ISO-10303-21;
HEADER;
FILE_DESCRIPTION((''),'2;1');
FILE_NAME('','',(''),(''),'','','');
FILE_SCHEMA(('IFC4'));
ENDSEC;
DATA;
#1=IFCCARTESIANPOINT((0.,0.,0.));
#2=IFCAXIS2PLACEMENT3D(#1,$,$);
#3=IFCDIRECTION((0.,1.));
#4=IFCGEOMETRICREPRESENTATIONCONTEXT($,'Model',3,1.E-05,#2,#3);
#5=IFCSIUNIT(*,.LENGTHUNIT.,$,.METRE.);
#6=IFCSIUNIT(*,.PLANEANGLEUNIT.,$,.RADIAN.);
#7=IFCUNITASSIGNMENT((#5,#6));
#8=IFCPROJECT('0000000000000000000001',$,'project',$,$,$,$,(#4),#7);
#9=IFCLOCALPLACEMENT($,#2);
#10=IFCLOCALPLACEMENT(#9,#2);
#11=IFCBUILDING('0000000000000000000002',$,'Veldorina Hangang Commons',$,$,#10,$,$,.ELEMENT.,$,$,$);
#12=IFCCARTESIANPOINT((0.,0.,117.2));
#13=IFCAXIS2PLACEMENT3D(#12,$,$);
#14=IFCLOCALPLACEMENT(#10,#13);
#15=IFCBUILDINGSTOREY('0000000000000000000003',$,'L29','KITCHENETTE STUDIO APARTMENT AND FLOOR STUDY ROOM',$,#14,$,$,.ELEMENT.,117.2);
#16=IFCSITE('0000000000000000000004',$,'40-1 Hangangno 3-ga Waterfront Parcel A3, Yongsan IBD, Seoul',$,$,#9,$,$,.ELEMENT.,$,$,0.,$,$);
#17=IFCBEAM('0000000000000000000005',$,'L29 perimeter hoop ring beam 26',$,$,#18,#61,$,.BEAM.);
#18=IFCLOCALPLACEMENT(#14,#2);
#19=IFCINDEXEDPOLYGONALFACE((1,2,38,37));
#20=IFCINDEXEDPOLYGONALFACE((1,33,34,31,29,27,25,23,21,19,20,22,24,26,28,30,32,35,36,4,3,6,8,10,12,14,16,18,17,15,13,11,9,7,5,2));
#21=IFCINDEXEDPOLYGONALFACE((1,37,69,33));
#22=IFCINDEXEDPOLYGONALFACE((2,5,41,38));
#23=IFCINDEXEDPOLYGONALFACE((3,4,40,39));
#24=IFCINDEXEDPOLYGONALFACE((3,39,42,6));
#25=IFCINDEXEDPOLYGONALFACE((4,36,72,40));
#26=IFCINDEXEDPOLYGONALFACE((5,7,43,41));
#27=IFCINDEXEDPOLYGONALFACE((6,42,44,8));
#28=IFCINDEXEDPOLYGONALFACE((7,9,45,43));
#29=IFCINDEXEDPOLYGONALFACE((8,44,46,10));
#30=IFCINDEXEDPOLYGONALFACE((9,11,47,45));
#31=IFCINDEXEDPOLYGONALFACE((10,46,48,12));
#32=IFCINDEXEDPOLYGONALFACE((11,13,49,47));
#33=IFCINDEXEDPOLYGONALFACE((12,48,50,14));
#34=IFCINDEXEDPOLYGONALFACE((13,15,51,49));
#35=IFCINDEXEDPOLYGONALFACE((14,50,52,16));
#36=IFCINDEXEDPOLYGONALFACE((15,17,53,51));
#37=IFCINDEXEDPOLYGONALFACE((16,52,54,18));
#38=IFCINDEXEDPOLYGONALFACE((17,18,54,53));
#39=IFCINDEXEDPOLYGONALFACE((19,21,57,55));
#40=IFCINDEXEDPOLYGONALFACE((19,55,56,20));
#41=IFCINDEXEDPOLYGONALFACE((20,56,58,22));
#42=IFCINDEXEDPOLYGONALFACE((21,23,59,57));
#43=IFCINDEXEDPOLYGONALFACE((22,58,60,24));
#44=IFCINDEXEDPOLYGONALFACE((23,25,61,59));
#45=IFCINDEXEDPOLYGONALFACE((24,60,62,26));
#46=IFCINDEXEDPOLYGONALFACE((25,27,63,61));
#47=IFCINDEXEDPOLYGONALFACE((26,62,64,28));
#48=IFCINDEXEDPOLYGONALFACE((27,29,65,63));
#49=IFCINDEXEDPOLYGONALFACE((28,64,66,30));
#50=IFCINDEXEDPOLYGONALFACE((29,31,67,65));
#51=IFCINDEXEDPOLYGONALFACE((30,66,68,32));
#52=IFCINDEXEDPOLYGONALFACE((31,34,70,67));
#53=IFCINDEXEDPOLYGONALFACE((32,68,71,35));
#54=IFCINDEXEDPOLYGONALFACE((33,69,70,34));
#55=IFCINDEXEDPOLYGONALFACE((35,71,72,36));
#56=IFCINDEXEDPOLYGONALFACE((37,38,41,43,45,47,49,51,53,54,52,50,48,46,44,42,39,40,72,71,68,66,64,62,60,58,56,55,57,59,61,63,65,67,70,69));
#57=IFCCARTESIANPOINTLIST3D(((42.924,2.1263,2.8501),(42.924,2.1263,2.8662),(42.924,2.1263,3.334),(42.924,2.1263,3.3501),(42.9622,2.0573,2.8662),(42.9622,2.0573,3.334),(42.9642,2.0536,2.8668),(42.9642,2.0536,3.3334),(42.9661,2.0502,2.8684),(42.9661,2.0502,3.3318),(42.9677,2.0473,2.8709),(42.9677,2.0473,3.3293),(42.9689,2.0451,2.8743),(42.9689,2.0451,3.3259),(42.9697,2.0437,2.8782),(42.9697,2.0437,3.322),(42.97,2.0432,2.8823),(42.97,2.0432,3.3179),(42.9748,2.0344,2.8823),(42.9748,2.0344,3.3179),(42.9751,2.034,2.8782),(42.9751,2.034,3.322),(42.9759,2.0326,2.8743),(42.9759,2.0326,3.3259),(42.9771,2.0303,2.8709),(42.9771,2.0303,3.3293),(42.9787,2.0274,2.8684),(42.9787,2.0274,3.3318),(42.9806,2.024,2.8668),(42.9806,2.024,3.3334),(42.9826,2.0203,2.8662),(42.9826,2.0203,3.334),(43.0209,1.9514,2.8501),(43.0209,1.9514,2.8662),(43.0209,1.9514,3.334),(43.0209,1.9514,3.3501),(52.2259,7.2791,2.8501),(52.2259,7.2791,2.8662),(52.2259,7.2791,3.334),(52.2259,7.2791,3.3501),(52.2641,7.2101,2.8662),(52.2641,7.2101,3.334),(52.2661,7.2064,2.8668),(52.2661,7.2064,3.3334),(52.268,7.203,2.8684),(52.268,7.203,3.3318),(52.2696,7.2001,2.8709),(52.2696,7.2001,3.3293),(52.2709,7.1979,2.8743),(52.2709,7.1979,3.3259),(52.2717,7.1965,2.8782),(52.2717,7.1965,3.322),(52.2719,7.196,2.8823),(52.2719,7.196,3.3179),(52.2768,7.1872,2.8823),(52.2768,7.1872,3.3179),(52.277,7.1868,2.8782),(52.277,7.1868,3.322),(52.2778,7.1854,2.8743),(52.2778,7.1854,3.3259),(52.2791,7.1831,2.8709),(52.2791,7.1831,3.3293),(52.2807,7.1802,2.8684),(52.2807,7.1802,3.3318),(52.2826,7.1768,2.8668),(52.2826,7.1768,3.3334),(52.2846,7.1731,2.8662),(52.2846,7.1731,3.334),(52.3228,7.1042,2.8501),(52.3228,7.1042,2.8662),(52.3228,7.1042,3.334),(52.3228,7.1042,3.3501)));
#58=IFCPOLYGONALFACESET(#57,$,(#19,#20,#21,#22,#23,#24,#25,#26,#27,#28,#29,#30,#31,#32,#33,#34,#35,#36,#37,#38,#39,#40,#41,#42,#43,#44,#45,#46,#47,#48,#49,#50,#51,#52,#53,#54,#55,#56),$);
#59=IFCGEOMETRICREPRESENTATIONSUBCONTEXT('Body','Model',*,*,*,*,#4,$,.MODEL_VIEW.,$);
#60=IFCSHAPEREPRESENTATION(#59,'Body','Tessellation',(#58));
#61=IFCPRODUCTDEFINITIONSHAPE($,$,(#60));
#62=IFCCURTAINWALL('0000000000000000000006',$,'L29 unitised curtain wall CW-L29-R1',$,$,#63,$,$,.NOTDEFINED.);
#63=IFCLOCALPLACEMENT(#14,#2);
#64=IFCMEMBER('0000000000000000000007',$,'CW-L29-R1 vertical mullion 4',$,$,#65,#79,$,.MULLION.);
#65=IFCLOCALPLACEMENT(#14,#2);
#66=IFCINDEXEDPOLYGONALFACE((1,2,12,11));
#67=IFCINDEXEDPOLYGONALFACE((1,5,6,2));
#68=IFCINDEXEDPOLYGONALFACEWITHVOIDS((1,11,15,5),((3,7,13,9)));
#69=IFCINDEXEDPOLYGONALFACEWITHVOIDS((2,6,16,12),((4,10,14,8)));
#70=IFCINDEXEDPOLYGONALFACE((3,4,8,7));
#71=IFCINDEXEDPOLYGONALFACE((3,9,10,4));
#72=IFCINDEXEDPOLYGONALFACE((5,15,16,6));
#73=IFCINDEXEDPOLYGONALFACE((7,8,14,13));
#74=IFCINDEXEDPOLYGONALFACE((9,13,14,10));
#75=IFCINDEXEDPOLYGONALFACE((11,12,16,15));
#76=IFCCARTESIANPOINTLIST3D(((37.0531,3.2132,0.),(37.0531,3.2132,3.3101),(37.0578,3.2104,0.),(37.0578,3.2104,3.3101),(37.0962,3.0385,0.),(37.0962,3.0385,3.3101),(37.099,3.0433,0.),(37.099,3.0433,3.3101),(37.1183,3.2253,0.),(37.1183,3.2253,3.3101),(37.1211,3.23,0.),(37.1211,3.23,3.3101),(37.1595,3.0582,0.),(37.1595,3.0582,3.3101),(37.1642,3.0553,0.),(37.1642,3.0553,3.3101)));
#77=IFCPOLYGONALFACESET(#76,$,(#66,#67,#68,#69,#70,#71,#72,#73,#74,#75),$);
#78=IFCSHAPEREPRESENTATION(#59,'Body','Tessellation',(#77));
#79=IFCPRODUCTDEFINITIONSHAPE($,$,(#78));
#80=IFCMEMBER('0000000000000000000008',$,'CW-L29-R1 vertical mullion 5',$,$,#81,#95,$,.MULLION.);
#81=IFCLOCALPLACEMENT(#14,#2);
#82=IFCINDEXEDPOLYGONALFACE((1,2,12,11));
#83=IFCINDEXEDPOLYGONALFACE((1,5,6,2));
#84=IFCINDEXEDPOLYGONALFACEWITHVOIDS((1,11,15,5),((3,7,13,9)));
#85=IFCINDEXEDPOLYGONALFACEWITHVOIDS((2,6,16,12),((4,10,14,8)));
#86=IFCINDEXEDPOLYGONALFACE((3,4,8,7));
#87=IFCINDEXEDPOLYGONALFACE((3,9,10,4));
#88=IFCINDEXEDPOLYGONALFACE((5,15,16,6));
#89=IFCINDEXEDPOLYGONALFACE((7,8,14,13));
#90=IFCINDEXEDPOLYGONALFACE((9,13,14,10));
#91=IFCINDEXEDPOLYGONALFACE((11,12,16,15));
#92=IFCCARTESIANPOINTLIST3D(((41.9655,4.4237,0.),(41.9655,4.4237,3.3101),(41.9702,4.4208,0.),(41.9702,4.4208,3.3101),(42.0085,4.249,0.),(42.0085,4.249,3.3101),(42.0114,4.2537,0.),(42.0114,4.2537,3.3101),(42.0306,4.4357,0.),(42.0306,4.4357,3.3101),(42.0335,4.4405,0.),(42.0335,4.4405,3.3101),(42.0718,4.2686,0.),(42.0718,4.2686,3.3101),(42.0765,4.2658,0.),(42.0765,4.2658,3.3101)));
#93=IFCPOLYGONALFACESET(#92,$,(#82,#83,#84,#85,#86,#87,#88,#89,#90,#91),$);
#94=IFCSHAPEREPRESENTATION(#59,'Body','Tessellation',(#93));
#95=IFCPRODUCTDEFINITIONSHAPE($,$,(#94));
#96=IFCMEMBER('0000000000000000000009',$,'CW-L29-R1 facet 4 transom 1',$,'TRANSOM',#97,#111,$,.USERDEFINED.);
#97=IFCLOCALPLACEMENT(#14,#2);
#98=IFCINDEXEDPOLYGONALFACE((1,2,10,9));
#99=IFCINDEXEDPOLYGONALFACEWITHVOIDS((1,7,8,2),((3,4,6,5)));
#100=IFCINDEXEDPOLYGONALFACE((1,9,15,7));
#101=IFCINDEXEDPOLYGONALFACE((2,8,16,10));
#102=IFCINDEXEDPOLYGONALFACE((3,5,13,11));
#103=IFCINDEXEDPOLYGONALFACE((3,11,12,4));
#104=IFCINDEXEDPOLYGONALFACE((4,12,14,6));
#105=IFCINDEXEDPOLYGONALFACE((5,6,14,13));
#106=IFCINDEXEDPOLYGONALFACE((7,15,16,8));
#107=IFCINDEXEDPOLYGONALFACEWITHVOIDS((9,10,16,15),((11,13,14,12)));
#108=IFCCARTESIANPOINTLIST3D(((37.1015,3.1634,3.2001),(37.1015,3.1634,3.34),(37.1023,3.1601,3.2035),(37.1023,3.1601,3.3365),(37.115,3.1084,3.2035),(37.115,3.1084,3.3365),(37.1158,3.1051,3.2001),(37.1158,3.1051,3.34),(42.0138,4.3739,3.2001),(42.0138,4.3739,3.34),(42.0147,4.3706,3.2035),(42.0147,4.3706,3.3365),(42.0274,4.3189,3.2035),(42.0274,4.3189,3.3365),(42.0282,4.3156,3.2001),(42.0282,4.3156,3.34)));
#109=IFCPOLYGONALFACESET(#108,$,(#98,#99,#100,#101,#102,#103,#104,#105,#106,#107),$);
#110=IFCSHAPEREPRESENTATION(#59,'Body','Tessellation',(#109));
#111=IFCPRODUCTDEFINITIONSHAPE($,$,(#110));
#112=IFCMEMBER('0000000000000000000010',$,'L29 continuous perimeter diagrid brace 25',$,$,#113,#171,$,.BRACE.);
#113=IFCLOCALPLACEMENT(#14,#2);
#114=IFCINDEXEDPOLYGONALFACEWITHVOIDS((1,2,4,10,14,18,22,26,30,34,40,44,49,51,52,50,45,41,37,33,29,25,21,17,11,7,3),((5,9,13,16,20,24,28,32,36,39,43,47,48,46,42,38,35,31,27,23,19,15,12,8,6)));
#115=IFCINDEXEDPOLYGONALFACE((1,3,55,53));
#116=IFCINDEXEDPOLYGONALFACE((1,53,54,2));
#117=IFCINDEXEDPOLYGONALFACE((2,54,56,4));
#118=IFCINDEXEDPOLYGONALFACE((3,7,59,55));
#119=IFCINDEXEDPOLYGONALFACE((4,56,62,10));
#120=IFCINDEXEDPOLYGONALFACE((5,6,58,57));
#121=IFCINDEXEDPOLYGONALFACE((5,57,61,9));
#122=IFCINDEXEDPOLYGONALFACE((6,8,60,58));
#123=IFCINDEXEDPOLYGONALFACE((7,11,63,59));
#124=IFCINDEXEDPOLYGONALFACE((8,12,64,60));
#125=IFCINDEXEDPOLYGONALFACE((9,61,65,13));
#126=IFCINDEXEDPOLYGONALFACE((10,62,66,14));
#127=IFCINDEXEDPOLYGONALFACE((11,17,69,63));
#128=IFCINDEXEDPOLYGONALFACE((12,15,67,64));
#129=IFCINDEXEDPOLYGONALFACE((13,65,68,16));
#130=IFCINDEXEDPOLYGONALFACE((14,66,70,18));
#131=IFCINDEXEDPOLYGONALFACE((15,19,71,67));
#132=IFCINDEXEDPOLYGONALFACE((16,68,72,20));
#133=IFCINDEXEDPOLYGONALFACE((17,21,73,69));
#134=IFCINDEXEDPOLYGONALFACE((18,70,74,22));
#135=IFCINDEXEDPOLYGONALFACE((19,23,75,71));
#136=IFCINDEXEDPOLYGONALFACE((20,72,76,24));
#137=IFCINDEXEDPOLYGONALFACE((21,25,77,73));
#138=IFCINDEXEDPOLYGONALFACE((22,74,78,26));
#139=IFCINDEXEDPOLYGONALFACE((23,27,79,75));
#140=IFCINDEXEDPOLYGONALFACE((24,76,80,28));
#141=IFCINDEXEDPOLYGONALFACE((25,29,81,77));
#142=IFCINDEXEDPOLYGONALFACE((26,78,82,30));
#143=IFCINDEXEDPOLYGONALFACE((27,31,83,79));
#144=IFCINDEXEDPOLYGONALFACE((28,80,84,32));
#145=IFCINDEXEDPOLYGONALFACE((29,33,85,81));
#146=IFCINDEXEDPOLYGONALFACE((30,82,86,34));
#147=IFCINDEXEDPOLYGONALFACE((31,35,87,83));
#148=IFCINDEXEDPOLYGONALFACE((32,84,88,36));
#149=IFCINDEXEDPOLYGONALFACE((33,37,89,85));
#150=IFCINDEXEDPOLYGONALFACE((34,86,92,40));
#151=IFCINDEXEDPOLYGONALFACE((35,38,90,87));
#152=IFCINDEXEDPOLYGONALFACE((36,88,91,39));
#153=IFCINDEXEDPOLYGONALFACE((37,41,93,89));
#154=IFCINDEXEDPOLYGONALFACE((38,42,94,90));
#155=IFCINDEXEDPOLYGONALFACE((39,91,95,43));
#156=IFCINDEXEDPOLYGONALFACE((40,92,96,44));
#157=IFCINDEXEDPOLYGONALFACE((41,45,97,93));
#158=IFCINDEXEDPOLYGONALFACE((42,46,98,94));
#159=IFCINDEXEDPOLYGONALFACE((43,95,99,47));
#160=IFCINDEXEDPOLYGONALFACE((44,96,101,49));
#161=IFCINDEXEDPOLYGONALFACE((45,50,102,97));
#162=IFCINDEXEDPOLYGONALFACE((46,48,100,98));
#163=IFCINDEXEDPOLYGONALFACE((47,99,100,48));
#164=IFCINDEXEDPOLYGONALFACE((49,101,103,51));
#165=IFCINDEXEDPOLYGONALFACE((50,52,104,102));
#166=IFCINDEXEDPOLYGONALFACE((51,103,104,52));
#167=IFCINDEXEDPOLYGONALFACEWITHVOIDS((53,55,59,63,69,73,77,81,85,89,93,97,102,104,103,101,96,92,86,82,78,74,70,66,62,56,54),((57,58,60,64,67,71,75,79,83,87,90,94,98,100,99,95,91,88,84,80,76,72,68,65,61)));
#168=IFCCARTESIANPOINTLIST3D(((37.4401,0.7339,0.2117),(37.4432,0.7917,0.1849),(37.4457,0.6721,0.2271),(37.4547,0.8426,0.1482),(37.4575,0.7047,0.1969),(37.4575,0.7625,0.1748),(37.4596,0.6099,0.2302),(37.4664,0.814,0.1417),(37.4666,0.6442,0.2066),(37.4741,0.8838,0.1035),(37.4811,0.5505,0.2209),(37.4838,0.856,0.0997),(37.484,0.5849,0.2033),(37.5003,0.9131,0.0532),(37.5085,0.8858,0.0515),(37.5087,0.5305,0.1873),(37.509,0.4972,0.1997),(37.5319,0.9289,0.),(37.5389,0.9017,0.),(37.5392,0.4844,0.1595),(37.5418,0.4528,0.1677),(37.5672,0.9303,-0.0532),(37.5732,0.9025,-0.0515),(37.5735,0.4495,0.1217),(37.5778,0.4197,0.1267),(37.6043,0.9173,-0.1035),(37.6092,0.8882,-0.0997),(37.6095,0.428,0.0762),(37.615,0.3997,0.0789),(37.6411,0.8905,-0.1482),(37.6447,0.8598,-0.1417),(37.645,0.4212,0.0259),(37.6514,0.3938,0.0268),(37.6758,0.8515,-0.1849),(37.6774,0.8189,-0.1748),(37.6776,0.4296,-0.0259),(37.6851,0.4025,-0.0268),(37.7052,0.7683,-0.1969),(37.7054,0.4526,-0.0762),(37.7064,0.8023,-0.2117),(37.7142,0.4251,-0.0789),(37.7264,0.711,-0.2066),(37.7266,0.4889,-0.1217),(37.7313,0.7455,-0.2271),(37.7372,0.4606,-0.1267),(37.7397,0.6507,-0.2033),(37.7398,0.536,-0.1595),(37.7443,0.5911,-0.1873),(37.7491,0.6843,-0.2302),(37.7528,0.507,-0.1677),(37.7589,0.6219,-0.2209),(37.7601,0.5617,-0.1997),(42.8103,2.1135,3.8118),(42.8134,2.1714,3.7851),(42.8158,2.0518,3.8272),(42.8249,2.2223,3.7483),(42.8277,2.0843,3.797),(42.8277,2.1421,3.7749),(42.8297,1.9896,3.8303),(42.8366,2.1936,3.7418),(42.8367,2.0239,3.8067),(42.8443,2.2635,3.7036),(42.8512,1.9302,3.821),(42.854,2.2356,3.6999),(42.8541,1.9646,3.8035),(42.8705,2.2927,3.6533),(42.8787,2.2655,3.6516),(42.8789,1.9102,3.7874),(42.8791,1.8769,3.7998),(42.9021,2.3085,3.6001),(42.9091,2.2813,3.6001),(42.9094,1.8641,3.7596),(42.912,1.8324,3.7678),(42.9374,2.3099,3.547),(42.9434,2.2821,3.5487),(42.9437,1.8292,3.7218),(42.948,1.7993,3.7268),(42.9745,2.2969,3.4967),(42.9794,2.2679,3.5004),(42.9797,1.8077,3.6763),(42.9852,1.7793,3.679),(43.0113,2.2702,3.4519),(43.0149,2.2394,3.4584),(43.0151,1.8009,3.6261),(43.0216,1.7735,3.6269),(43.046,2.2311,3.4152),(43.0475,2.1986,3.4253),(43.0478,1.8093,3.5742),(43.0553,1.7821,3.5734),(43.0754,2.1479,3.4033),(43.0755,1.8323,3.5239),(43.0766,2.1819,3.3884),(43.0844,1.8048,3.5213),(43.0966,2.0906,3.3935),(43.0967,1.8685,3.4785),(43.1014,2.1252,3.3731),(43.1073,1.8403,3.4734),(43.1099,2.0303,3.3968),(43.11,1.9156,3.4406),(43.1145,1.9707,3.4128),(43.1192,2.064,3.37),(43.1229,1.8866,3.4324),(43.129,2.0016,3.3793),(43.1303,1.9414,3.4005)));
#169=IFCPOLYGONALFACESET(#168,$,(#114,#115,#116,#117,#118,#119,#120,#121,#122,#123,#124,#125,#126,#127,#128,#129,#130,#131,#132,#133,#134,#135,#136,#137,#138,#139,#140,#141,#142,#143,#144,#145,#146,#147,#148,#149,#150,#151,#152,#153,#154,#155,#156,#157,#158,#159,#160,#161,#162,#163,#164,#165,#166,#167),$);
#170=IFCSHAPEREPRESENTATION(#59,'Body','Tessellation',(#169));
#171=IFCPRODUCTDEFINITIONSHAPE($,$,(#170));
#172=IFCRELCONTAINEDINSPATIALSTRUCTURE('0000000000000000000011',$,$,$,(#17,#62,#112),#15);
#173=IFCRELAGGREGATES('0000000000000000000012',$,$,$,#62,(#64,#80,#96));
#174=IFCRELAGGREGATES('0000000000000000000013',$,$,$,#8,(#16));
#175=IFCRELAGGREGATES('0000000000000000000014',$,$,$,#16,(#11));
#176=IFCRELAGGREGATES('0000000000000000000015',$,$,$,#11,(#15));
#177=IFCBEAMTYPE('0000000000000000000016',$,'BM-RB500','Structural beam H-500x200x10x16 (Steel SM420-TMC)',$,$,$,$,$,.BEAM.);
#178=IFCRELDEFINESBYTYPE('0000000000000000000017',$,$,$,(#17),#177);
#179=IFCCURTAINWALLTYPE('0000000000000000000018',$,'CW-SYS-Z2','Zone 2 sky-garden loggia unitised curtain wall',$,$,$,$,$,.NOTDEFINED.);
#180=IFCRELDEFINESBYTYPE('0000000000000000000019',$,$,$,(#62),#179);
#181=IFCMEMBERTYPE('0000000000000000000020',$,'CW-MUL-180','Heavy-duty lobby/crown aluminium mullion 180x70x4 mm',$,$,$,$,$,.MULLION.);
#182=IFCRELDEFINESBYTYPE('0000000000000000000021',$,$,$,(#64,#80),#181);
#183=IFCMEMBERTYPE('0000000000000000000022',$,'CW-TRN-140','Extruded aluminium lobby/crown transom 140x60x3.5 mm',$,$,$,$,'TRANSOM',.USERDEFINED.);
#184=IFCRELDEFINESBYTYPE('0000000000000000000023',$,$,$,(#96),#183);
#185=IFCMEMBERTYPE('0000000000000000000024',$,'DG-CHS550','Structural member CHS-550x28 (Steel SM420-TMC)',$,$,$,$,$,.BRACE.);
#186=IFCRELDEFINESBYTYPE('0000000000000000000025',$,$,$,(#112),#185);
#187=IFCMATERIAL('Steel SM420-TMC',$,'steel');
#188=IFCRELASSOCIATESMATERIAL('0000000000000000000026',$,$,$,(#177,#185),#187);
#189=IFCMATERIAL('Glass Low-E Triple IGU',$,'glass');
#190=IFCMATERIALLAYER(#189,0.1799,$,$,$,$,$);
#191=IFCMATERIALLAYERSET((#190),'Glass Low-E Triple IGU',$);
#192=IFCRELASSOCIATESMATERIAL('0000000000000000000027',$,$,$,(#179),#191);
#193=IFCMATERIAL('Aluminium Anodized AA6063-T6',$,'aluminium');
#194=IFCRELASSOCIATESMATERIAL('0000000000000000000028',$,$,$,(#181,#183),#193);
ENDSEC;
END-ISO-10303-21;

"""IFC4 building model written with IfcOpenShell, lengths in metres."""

from ifc_helpers import new_model, si_unit, direction, frame, origin, origin_2d, place, context, subcontext, project, spatial, hollow_rectangle, hollow_circle, i_section, extrude, material, layer, layer_set, material_profile, profile_set, type_object, element, aggregate, save


model = new_model("IFC4")

# Units and contexts
model_context = context("Model", 3, precision=1e-05, world=origin(), true_north=direction((0.0, 1.0)))
body_context = subcontext(model_context, "Body", "Model", "MODEL_VIEW")
ifc_project = project(units=[si_unit("LENGTHUNIT", "METRE"), si_unit("PLANEANGLEUNIT", "RADIAN")], contexts=[model_context])

# Site, building, storey
site_placement = place(None, origin())
site = spatial("IfcSite", under=ifc_project, at=site_placement, Name="40-1 Hangangno 3-ga Waterfront Parcel A3, Yongsan IBD, Seoul", CompositionType="ELEMENT", RefElevation=0.0)
building_placement = place(site_placement, origin())
building = spatial("IfcBuilding", under=site, at=building_placement, Name="Veldorina Hangang Commons", CompositionType="ELEMENT")
storey_placement = place(building_placement, frame((0.0, 0.0, 117.2)))
storey = spatial("IfcBuildingStorey", under=building, at=storey_placement, Name="L29", Description="KITCHENETTE STUDIO APARTMENT AND FLOOR STUDY ROOM", CompositionType="ELEMENT", Elevation=117.2)

# Beam
ifc_material_1 = material(Name="Steel SM420-TMC", Category="steel")
ifc_material_profile_1 = material_profile(ifc_material_1, i_section(OverallWidth=0.2, OverallDepth=0.5, WebThickness=0.01, FlangeThickness=0.0161, FilletRadius=0.0161, at=origin_2d()), Name="H-500x200x10x16")
ifc_profile_set_1 = profile_set([ifc_material_profile_1], Name="Steel SM420-TMC")
beam_type = type_object("IfcBeamType", Name="BM-RB500", Description="Structural beam H-500x200x10x16 (Steel SM420-TMC)", PredefinedType="BEAM", material=ifc_profile_set_1)
beam_placement = place(storey_placement, frame((42.9724, 2.0388, 3.1001), z_axis=(0.874753, 0.484568, 0.0), x_axis=(-0.484568, 0.874753, 0.0)))
element("IfcBeam", 1, at=beam_placement, inside=storey, type_object=beam_type, Name="L29 perimeter hoop ring beam 26", PredefinedType="BEAM", context=body_context, shape_type="SweptSolid", body=[
    extrude(i_section(OverallWidth=0.2, OverallDepth=0.5, WebThickness=0.01, FlangeThickness=0.0161, FilletRadius=0.0161, at=origin_2d()), origin(), (0.0, 0.0, 1.0), 10.6338),
])

# Curtain wall, members
ifc_material_2 = material(Name="Glass Low-E Triple IGU", Category="glass")
ifc_layer_1 = layer(ifc_material_2, 0.1799)
ifc_layer_set_1 = layer_set([ifc_layer_1], Name="Glass Low-E Triple IGU")
curtain_wall_type = type_object("IfcCurtainWallType", Name="CW-SYS-Z2", Description="Zone 2 sky-garden loggia unitised curtain wall", PredefinedType="NOTDEFINED", material=ifc_layer_set_1)
curtain_wall_placement = place(storey_placement, origin())
curtain_wall = element("IfcCurtainWall", 2, at=curtain_wall_placement, inside=storey, type_object=curtain_wall_type, Name="L29 unitised curtain wall CW-L29-R1", PredefinedType="NOTDEFINED")
ifc_material_3 = material(Name="Aluminium Anodized AA6063-T6", Category="aluminium")
ifc_material_profile_2 = material_profile(ifc_material_3, hollow_rectangle(XDim=0.0701, YDim=0.1799, WallThickness=0.0039, at=origin_2d()), Name="ALU-RHS-180x70x4")
ifc_profile_set_2 = profile_set([ifc_material_profile_2], Name="Aluminium Anodized AA6063-T6")
member_type_1 = type_object("IfcMemberType", Name="CW-MUL-180", Description="Heavy-duty lobby/crown aluminium mullion 180x70x4 mm", PredefinedType="MULLION", material=ifc_profile_set_2)
member_1_placement = place(storey_placement, frame((37.1086, 3.1343, 0.0), z_axis=(0.0, 0.0, 1.0), x_axis=(0.970951, 0.239279, 0.0)))
member_1 = element("IfcMember", 3, at=member_1_placement, type_object=member_type_1, Name="CW-L29-R1 vertical mullion 4", PredefinedType="MULLION", context=body_context, shape_type="SweptSolid", body=[
    extrude(hollow_rectangle(XDim=0.0701, YDim=0.1799, WallThickness=0.0039, at=origin_2d()), origin(), (0.0, 0.0, 1.0), 3.3101),
])
member_2_placement = place(storey_placement, frame((42.021, 4.3447, 0.0), z_axis=(0.0, 0.0, 1.0), x_axis=(-0.970951, -0.239279, 0.0)))
member_2 = element("IfcMember", 4, at=member_2_placement, type_object=member_type_1, Name="CW-L29-R1 vertical mullion 5", PredefinedType="MULLION", context=body_context, shape_type="SweptSolid", body=[
    extrude(hollow_rectangle(XDim=0.0701, YDim=0.1799, WallThickness=0.0039, at=origin_2d()), origin(), (0.0, 0.0, 1.0), 3.3101),
])
ifc_material_profile_3 = material_profile(ifc_material_3, hollow_rectangle(XDim=0.0601, YDim=0.1399, WallThickness=0.0034, at=origin_2d()), Name="ALU-RHS-140x60x3.5")
ifc_profile_set_3 = profile_set([ifc_material_profile_3], Name="Aluminium Anodized AA6063-T6")
member_type_2 = type_object("IfcMemberType", Name="CW-TRN-140", Description="Extruded aluminium lobby/crown transom 140x60x3.5 mm", ElementType="TRANSOM", PredefinedType="USERDEFINED", material=ifc_profile_set_3)
member_3_placement = place(storey_placement, frame((37.1086, 3.1343, 3.27), z_axis=(0.970957, 0.239253, 0.0), x_axis=(-0.239253, 0.970957, 0.0)))
member_3 = element("IfcMember", 5, at=member_3_placement, type_object=member_type_2, Name="CW-L29-R1 facet 4 transom 1", ObjectType="TRANSOM", PredefinedType="USERDEFINED", context=body_context, shape_type="SweptSolid", body=[
    extrude(hollow_rectangle(XDim=0.0601, YDim=0.1399, WallThickness=0.0034, at=origin_2d()), origin(), (0.0, 0.0, 1.0), 5.0593),
])

# Member
ifc_material_profile_4 = material_profile(ifc_material_1, hollow_circle(Radius=0.2749, WallThickness=0.0281, at=origin_2d()), Name="CHS-550x28")
ifc_profile_set_4 = profile_set([ifc_material_profile_4], Name="Steel SM420-TMC")
member_type_3 = type_object("IfcMemberType", Name="DG-CHS550", Description="Structural member CHS-550x28 (Steel SM420-TMC)", PredefinedType="BRACE", material=ifc_profile_set_4)
member_4_placement = place(storey_placement, frame((37.6003, 0.6626, 0.0), z_axis=(0.812329, 0.208696, 0.544581), x_axis=(-0.24883, 0.968547, 0.0)))
element("IfcMember", 6, at=member_4_placement, inside=storey, type_object=member_type_3, Name="L29 continuous perimeter diagrid brace 25", PredefinedType="BRACE", context=body_context, shape_type="SweptSolid", body=[
    extrude(hollow_circle(Radius=0.2749, WallThickness=0.0281, at=origin_2d()), origin(), (0.0, 0.0, 1.0), 6.6108),
])

aggregate(curtain_wall, [member_1, member_2, member_3])

save(model, "model.ifc")
